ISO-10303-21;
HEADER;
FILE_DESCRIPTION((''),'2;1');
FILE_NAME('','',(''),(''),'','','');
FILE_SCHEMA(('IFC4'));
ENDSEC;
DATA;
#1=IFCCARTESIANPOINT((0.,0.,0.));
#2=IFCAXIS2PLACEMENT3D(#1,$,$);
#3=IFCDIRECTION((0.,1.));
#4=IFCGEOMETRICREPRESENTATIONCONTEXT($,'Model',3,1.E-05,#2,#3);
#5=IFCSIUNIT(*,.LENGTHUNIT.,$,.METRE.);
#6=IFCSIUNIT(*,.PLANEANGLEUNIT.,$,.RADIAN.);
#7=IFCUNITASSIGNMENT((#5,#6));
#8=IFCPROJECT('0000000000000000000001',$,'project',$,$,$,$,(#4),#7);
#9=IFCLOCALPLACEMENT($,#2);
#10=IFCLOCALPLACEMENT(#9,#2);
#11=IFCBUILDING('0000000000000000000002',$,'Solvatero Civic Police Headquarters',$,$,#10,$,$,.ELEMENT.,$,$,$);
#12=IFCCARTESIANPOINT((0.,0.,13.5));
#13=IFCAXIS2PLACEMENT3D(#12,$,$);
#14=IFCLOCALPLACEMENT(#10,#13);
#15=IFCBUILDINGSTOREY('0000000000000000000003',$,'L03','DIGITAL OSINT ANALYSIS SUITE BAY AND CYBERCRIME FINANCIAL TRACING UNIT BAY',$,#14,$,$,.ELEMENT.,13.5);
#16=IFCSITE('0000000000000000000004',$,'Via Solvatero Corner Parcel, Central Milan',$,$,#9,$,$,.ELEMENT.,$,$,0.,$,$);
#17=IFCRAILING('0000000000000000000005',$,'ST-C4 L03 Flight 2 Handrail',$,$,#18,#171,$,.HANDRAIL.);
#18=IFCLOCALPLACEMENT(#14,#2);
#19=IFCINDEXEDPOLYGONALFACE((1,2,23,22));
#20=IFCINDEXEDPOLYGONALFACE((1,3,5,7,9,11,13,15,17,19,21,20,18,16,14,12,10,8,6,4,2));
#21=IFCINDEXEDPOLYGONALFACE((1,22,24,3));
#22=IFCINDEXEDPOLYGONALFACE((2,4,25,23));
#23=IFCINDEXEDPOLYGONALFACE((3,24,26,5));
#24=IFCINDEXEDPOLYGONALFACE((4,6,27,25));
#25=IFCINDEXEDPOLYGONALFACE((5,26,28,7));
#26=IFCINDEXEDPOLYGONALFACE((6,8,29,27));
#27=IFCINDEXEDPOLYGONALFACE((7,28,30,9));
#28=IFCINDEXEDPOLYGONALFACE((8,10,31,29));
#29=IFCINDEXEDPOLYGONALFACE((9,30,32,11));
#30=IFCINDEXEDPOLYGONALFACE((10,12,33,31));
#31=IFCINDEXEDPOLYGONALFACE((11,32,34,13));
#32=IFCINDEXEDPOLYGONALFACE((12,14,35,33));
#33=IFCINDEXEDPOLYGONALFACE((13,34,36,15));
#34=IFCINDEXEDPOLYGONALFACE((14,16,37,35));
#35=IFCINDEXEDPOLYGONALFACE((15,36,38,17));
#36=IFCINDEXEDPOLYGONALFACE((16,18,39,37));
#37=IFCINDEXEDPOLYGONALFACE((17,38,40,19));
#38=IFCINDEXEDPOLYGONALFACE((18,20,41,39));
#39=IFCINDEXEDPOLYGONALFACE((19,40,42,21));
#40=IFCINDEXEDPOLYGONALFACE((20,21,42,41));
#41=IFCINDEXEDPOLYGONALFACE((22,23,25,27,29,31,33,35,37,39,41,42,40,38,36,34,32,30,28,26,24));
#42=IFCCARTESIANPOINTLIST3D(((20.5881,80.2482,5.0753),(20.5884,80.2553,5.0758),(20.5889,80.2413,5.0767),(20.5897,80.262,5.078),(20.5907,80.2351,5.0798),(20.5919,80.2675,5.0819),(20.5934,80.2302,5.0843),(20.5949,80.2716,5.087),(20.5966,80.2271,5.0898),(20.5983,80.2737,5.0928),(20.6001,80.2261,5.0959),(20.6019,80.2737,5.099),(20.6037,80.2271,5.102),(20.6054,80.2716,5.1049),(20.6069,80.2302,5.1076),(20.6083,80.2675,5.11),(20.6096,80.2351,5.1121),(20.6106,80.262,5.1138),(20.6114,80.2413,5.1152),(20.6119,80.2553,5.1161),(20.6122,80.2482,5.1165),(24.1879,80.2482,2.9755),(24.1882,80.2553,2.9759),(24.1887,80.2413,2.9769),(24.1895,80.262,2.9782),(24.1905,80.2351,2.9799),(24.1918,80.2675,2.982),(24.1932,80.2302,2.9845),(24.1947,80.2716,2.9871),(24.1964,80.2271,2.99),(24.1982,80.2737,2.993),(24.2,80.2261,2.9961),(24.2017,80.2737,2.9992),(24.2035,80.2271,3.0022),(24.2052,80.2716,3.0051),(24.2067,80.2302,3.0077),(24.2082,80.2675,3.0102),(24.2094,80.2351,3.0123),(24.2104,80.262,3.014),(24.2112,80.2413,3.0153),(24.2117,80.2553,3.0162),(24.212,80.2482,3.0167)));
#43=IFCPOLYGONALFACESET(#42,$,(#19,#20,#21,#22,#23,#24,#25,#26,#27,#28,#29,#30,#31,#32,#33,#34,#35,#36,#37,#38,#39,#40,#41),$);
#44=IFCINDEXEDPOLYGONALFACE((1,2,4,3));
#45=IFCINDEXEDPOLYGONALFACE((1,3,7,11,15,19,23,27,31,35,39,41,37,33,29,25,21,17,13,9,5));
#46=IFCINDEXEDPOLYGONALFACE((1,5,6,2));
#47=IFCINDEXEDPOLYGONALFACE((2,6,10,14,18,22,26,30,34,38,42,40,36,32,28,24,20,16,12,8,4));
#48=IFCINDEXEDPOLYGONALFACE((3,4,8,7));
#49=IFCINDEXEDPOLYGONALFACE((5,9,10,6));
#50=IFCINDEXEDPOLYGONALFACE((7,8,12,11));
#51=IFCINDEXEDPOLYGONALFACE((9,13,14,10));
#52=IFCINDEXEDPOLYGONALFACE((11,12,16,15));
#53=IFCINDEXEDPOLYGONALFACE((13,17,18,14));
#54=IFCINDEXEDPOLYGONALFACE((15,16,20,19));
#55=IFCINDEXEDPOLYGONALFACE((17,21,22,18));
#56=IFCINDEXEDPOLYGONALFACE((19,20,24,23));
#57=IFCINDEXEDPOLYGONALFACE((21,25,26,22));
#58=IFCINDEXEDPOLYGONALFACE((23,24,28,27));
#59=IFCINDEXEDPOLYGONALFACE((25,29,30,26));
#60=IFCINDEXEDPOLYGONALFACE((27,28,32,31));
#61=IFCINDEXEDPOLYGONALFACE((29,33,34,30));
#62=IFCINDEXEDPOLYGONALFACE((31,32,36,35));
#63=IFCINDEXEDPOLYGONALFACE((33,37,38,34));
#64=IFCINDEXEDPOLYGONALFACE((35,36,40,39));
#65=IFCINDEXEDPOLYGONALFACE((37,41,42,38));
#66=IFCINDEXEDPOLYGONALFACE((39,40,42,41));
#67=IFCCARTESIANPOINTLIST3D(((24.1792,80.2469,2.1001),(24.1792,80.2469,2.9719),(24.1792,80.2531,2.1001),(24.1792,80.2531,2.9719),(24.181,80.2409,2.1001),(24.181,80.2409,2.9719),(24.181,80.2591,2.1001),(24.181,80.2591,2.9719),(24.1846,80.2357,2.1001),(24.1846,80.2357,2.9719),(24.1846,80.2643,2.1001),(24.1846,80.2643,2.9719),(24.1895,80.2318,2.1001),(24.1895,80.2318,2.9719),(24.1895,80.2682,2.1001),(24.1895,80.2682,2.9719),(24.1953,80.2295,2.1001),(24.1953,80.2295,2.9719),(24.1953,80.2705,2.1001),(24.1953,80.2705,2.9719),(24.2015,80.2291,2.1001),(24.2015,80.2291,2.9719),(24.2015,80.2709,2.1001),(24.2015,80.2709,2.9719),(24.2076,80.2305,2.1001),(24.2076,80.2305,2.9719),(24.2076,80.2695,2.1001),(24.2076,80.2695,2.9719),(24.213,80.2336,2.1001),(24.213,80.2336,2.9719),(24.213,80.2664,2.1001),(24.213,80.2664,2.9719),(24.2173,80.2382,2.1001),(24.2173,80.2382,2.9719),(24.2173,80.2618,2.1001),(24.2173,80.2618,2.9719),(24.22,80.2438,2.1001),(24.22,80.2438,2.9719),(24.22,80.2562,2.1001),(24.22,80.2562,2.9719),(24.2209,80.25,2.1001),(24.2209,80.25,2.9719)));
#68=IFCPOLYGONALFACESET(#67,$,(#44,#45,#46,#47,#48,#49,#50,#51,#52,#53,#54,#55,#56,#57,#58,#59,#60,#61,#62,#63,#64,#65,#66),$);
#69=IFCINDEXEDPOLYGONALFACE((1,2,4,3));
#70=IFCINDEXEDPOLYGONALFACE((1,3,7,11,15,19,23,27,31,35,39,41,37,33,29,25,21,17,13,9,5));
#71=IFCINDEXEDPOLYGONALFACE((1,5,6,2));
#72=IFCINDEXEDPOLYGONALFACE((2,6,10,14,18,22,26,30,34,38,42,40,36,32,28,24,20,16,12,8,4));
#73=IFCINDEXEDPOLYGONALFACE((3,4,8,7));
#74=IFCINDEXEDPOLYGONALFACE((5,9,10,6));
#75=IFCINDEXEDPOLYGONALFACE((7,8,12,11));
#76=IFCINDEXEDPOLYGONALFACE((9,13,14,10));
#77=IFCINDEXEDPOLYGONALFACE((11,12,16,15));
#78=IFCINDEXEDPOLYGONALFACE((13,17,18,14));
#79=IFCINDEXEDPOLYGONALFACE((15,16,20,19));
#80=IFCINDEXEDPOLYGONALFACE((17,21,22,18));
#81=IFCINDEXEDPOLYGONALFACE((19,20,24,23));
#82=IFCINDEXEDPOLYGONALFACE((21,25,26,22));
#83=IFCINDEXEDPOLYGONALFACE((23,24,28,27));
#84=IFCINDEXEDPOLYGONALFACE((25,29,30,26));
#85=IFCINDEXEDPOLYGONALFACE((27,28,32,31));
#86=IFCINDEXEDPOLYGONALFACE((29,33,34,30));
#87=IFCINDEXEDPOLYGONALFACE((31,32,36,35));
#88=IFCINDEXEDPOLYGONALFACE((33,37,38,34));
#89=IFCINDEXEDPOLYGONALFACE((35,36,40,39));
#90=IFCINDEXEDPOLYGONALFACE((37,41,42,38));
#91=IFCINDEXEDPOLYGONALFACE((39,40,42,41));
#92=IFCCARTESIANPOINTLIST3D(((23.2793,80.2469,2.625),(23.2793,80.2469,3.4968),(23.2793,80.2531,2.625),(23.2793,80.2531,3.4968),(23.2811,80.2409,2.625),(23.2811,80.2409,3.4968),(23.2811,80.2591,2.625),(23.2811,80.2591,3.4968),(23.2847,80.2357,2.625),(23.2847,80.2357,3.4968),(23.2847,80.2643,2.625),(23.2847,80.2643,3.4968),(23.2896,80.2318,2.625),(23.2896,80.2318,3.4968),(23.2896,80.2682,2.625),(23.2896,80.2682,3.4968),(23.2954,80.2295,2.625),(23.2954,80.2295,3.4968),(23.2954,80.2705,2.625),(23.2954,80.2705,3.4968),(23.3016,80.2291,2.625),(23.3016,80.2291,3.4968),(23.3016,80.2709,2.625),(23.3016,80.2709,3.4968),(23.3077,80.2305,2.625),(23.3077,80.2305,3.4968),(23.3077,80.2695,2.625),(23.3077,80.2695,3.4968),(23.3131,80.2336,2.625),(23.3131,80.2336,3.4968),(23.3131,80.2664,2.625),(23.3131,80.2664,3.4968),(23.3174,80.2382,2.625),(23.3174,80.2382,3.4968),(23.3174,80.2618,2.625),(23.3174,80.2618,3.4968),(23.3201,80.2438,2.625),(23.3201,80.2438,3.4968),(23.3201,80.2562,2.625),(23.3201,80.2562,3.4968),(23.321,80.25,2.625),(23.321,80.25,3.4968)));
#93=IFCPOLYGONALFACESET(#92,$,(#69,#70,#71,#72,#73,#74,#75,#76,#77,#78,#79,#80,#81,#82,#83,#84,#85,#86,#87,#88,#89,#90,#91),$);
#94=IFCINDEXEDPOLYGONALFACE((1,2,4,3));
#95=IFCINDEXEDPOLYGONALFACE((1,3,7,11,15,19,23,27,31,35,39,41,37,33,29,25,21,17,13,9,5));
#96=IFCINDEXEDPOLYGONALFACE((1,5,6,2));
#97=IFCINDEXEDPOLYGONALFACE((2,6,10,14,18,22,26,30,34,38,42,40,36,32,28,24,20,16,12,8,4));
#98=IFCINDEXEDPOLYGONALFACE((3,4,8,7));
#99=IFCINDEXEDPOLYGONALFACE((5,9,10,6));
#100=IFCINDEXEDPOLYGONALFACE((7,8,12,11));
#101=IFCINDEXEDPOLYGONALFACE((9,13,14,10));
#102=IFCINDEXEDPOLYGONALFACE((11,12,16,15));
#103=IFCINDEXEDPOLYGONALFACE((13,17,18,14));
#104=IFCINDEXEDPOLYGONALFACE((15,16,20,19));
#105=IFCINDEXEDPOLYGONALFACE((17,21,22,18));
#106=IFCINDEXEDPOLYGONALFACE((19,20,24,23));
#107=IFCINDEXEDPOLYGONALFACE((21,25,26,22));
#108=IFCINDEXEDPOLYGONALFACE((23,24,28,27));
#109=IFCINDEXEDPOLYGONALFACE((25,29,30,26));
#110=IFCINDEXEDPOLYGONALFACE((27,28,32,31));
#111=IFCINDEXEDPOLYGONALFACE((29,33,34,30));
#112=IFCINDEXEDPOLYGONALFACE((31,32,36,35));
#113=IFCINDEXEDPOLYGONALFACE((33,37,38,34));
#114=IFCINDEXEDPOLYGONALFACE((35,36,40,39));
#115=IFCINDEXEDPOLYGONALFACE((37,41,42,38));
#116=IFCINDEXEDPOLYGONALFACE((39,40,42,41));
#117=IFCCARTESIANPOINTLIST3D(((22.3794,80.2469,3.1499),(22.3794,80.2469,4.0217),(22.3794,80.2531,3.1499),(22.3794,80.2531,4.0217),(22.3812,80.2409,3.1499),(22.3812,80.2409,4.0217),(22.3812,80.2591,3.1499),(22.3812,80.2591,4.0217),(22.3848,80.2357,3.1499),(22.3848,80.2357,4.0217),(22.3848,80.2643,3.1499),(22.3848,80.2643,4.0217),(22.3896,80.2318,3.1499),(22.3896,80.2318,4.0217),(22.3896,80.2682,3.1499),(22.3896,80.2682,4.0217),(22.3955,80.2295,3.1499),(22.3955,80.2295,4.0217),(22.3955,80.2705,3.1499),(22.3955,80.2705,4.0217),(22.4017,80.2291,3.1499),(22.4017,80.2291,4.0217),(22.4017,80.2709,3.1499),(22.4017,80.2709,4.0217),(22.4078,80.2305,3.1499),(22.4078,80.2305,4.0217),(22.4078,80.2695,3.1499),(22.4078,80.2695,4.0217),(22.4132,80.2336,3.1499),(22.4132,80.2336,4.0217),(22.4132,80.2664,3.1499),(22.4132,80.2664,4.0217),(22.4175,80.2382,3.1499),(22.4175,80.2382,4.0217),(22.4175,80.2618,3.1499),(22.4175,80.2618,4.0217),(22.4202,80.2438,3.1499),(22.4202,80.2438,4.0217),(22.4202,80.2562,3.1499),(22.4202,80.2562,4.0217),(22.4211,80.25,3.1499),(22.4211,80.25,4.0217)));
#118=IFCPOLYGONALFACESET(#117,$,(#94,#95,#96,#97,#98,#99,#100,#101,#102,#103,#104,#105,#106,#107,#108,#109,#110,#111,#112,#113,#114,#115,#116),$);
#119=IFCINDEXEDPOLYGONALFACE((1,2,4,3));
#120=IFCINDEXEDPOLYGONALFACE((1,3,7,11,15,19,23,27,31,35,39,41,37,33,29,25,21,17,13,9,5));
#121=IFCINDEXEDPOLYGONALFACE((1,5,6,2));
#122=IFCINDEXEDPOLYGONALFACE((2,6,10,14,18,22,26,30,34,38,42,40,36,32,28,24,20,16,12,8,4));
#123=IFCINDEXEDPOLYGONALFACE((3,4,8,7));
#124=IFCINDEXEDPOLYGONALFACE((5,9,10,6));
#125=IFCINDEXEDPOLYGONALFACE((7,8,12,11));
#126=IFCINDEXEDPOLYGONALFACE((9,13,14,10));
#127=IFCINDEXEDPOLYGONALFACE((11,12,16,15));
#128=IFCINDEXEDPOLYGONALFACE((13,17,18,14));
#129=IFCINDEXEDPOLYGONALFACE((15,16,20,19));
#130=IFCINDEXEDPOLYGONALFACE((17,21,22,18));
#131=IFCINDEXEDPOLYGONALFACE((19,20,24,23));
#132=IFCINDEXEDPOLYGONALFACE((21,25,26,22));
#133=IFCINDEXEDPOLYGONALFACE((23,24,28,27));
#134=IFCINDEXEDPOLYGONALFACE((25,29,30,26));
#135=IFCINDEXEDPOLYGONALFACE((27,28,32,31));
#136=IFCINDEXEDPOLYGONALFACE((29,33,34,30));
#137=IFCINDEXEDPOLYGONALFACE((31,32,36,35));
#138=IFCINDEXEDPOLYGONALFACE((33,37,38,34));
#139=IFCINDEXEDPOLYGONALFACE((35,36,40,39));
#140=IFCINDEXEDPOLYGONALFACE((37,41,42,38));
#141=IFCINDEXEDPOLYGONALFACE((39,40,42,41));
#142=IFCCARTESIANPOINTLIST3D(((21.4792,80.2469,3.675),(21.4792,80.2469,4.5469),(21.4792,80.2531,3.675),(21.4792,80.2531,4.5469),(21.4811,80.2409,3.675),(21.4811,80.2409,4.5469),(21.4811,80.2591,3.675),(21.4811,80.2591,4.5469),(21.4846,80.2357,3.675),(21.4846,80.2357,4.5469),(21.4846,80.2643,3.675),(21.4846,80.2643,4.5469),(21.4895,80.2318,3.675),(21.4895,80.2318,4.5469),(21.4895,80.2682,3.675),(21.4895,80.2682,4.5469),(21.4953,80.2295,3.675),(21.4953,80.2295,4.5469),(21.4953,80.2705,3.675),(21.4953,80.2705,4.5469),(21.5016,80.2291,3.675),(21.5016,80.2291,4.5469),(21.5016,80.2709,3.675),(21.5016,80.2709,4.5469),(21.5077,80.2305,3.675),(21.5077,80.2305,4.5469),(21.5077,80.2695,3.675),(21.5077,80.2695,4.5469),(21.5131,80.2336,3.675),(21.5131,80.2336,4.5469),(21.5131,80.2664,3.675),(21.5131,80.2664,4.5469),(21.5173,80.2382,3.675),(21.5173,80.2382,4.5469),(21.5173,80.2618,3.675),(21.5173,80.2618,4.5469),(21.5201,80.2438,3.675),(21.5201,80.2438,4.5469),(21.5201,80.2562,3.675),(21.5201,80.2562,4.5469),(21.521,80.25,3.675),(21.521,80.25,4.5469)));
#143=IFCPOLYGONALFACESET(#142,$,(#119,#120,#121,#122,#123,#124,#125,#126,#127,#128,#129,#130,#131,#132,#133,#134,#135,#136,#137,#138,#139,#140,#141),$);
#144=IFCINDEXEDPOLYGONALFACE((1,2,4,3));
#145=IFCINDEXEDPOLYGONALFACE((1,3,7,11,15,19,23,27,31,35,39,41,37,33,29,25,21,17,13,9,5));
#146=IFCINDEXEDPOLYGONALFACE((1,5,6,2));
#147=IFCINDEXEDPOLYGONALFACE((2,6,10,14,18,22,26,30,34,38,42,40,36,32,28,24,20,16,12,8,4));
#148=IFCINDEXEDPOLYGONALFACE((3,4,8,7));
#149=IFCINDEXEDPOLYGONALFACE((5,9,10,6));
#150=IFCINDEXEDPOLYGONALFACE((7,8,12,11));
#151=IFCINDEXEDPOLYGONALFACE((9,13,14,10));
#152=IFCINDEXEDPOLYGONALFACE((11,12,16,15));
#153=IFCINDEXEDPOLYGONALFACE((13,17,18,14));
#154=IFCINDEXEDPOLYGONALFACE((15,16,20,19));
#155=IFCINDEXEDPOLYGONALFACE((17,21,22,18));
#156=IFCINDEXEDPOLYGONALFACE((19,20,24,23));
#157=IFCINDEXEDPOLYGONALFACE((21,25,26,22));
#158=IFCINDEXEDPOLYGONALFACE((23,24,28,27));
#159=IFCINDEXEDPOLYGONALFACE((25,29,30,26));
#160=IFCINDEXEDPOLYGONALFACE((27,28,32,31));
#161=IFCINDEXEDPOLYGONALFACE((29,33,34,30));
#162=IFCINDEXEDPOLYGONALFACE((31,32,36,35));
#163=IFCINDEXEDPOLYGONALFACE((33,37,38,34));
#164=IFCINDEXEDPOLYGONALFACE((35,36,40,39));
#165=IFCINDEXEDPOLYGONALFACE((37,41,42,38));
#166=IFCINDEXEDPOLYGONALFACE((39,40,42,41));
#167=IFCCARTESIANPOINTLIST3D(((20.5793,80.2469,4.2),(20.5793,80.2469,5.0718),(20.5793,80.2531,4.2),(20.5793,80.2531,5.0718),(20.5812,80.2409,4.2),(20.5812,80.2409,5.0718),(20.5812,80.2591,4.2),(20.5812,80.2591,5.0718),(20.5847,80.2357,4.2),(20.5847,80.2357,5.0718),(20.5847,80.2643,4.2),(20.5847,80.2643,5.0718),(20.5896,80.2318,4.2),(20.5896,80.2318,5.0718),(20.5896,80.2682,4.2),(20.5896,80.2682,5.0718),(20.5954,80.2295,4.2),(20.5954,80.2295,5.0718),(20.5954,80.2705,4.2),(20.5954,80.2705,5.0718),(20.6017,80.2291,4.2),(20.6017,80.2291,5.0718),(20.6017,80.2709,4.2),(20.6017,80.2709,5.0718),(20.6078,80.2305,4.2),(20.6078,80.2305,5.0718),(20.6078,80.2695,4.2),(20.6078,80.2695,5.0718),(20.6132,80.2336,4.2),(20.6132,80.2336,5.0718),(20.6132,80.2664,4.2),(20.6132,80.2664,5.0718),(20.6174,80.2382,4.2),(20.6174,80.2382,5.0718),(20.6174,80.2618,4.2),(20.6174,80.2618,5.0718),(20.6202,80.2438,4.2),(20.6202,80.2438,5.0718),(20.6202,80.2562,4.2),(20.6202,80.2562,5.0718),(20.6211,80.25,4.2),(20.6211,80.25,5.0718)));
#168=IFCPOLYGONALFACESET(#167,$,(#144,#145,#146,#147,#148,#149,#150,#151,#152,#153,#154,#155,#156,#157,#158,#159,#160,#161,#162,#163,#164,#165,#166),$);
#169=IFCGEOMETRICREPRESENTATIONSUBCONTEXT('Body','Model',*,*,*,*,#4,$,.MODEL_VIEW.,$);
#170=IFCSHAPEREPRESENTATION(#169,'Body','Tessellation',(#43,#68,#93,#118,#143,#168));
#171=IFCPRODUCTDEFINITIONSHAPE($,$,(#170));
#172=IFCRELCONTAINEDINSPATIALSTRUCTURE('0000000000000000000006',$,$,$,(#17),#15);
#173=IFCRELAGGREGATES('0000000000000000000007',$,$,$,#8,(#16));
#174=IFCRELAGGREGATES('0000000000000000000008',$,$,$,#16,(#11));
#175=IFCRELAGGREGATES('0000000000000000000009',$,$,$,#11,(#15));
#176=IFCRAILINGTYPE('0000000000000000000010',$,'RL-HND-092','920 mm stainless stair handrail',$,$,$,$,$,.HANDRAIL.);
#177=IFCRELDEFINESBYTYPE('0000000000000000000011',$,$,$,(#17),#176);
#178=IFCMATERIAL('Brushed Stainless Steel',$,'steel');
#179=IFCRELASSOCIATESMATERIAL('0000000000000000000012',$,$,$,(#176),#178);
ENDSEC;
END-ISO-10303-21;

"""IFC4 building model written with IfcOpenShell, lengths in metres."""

from ifc_helpers import new_model, si_unit, direction, frame, origin, origin_2d, place, context, subcontext, project, spatial, circle, extrude, material, type_object, element, save


model = new_model("IFC4")

# Units and contexts
model_context = context("Model", 3, precision=1e-05, world=origin(), true_north=direction((0.0, 1.0)))
body_context = subcontext(model_context, "Body", "Model", "MODEL_VIEW")
ifc_project = project(units=[si_unit("LENGTHUNIT", "METRE"), si_unit("PLANEANGLEUNIT", "RADIAN")], contexts=[model_context])

# Site, building, storey
site_placement = place(None, origin())
site = spatial("IfcSite", under=ifc_project, at=site_placement, Name="Via Solvatero Corner Parcel, Central Milan", CompositionType="ELEMENT", RefElevation=0.0)
building_placement = place(site_placement, origin())
building = spatial("IfcBuilding", under=site, at=building_placement, Name="Solvatero Civic Police Headquarters", CompositionType="ELEMENT")
storey_placement = place(building_placement, frame((0.0, 0.0, 13.5)))
storey = spatial("IfcBuildingStorey", under=building, at=storey_placement, Name="L03", Description="DIGITAL OSINT ANALYSIS SUITE BAY AND CYBERCRIME FINANCIAL TRACING UNIT BAY", CompositionType="ELEMENT", Elevation=13.5)

# Railing
ifc_material_1 = material(Name="Brushed Stainless Steel", Category="steel")
railing_type_1 = type_object("IfcRailingType", Name="RL-HND-092", Description="920 mm stainless stair handrail", PredefinedType="HANDRAIL", material=ifc_material_1)
railing_1_placement = place(storey_placement, frame((24.2, 80.25, 2.1001)))
element("IfcRailing", 1, at=railing_1_placement, inside=storey, type_object=railing_type_1, Name="ST-C4 L03 Flight 2 Handrail", PredefinedType="HANDRAIL", context=body_context, shape_type="SweptSolid", body=[
    extrude(circle(Radius=0.0239, at=origin_2d()), frame((0.0, 0.0, 0.896), z_axis=(-0.863785, 0.0, 0.50386), x_axis=(0.0, -1.0, 0.0)), (0.0, 0.0, 1.0), 4.1675),
    extrude(circle(Radius=0.021, at=origin_2d()), origin(), (0.0, 0.0, 1.0), 0.8718),
    extrude(circle(Radius=0.021, at=origin_2d()), frame((-0.8999, 0.0, 0.5249)), (0.0, 0.0, 1.0), 0.8718),
    extrude(circle(Radius=0.021, at=origin_2d()), frame((-1.7998, 0.0, 1.0498)), (0.0, 0.0, 1.0), 0.8718),
    extrude(circle(Radius=0.021, at=origin_2d()), frame((-2.7, 0.0, 1.575)), (0.0, 0.0, 1.0), 0.8718),
    extrude(circle(Radius=0.021, at=origin_2d()), frame((-3.5999, 0.0, 2.0999)), (0.0, 0.0, 1.0), 0.8718),
])

save(model, "model.ifc")
